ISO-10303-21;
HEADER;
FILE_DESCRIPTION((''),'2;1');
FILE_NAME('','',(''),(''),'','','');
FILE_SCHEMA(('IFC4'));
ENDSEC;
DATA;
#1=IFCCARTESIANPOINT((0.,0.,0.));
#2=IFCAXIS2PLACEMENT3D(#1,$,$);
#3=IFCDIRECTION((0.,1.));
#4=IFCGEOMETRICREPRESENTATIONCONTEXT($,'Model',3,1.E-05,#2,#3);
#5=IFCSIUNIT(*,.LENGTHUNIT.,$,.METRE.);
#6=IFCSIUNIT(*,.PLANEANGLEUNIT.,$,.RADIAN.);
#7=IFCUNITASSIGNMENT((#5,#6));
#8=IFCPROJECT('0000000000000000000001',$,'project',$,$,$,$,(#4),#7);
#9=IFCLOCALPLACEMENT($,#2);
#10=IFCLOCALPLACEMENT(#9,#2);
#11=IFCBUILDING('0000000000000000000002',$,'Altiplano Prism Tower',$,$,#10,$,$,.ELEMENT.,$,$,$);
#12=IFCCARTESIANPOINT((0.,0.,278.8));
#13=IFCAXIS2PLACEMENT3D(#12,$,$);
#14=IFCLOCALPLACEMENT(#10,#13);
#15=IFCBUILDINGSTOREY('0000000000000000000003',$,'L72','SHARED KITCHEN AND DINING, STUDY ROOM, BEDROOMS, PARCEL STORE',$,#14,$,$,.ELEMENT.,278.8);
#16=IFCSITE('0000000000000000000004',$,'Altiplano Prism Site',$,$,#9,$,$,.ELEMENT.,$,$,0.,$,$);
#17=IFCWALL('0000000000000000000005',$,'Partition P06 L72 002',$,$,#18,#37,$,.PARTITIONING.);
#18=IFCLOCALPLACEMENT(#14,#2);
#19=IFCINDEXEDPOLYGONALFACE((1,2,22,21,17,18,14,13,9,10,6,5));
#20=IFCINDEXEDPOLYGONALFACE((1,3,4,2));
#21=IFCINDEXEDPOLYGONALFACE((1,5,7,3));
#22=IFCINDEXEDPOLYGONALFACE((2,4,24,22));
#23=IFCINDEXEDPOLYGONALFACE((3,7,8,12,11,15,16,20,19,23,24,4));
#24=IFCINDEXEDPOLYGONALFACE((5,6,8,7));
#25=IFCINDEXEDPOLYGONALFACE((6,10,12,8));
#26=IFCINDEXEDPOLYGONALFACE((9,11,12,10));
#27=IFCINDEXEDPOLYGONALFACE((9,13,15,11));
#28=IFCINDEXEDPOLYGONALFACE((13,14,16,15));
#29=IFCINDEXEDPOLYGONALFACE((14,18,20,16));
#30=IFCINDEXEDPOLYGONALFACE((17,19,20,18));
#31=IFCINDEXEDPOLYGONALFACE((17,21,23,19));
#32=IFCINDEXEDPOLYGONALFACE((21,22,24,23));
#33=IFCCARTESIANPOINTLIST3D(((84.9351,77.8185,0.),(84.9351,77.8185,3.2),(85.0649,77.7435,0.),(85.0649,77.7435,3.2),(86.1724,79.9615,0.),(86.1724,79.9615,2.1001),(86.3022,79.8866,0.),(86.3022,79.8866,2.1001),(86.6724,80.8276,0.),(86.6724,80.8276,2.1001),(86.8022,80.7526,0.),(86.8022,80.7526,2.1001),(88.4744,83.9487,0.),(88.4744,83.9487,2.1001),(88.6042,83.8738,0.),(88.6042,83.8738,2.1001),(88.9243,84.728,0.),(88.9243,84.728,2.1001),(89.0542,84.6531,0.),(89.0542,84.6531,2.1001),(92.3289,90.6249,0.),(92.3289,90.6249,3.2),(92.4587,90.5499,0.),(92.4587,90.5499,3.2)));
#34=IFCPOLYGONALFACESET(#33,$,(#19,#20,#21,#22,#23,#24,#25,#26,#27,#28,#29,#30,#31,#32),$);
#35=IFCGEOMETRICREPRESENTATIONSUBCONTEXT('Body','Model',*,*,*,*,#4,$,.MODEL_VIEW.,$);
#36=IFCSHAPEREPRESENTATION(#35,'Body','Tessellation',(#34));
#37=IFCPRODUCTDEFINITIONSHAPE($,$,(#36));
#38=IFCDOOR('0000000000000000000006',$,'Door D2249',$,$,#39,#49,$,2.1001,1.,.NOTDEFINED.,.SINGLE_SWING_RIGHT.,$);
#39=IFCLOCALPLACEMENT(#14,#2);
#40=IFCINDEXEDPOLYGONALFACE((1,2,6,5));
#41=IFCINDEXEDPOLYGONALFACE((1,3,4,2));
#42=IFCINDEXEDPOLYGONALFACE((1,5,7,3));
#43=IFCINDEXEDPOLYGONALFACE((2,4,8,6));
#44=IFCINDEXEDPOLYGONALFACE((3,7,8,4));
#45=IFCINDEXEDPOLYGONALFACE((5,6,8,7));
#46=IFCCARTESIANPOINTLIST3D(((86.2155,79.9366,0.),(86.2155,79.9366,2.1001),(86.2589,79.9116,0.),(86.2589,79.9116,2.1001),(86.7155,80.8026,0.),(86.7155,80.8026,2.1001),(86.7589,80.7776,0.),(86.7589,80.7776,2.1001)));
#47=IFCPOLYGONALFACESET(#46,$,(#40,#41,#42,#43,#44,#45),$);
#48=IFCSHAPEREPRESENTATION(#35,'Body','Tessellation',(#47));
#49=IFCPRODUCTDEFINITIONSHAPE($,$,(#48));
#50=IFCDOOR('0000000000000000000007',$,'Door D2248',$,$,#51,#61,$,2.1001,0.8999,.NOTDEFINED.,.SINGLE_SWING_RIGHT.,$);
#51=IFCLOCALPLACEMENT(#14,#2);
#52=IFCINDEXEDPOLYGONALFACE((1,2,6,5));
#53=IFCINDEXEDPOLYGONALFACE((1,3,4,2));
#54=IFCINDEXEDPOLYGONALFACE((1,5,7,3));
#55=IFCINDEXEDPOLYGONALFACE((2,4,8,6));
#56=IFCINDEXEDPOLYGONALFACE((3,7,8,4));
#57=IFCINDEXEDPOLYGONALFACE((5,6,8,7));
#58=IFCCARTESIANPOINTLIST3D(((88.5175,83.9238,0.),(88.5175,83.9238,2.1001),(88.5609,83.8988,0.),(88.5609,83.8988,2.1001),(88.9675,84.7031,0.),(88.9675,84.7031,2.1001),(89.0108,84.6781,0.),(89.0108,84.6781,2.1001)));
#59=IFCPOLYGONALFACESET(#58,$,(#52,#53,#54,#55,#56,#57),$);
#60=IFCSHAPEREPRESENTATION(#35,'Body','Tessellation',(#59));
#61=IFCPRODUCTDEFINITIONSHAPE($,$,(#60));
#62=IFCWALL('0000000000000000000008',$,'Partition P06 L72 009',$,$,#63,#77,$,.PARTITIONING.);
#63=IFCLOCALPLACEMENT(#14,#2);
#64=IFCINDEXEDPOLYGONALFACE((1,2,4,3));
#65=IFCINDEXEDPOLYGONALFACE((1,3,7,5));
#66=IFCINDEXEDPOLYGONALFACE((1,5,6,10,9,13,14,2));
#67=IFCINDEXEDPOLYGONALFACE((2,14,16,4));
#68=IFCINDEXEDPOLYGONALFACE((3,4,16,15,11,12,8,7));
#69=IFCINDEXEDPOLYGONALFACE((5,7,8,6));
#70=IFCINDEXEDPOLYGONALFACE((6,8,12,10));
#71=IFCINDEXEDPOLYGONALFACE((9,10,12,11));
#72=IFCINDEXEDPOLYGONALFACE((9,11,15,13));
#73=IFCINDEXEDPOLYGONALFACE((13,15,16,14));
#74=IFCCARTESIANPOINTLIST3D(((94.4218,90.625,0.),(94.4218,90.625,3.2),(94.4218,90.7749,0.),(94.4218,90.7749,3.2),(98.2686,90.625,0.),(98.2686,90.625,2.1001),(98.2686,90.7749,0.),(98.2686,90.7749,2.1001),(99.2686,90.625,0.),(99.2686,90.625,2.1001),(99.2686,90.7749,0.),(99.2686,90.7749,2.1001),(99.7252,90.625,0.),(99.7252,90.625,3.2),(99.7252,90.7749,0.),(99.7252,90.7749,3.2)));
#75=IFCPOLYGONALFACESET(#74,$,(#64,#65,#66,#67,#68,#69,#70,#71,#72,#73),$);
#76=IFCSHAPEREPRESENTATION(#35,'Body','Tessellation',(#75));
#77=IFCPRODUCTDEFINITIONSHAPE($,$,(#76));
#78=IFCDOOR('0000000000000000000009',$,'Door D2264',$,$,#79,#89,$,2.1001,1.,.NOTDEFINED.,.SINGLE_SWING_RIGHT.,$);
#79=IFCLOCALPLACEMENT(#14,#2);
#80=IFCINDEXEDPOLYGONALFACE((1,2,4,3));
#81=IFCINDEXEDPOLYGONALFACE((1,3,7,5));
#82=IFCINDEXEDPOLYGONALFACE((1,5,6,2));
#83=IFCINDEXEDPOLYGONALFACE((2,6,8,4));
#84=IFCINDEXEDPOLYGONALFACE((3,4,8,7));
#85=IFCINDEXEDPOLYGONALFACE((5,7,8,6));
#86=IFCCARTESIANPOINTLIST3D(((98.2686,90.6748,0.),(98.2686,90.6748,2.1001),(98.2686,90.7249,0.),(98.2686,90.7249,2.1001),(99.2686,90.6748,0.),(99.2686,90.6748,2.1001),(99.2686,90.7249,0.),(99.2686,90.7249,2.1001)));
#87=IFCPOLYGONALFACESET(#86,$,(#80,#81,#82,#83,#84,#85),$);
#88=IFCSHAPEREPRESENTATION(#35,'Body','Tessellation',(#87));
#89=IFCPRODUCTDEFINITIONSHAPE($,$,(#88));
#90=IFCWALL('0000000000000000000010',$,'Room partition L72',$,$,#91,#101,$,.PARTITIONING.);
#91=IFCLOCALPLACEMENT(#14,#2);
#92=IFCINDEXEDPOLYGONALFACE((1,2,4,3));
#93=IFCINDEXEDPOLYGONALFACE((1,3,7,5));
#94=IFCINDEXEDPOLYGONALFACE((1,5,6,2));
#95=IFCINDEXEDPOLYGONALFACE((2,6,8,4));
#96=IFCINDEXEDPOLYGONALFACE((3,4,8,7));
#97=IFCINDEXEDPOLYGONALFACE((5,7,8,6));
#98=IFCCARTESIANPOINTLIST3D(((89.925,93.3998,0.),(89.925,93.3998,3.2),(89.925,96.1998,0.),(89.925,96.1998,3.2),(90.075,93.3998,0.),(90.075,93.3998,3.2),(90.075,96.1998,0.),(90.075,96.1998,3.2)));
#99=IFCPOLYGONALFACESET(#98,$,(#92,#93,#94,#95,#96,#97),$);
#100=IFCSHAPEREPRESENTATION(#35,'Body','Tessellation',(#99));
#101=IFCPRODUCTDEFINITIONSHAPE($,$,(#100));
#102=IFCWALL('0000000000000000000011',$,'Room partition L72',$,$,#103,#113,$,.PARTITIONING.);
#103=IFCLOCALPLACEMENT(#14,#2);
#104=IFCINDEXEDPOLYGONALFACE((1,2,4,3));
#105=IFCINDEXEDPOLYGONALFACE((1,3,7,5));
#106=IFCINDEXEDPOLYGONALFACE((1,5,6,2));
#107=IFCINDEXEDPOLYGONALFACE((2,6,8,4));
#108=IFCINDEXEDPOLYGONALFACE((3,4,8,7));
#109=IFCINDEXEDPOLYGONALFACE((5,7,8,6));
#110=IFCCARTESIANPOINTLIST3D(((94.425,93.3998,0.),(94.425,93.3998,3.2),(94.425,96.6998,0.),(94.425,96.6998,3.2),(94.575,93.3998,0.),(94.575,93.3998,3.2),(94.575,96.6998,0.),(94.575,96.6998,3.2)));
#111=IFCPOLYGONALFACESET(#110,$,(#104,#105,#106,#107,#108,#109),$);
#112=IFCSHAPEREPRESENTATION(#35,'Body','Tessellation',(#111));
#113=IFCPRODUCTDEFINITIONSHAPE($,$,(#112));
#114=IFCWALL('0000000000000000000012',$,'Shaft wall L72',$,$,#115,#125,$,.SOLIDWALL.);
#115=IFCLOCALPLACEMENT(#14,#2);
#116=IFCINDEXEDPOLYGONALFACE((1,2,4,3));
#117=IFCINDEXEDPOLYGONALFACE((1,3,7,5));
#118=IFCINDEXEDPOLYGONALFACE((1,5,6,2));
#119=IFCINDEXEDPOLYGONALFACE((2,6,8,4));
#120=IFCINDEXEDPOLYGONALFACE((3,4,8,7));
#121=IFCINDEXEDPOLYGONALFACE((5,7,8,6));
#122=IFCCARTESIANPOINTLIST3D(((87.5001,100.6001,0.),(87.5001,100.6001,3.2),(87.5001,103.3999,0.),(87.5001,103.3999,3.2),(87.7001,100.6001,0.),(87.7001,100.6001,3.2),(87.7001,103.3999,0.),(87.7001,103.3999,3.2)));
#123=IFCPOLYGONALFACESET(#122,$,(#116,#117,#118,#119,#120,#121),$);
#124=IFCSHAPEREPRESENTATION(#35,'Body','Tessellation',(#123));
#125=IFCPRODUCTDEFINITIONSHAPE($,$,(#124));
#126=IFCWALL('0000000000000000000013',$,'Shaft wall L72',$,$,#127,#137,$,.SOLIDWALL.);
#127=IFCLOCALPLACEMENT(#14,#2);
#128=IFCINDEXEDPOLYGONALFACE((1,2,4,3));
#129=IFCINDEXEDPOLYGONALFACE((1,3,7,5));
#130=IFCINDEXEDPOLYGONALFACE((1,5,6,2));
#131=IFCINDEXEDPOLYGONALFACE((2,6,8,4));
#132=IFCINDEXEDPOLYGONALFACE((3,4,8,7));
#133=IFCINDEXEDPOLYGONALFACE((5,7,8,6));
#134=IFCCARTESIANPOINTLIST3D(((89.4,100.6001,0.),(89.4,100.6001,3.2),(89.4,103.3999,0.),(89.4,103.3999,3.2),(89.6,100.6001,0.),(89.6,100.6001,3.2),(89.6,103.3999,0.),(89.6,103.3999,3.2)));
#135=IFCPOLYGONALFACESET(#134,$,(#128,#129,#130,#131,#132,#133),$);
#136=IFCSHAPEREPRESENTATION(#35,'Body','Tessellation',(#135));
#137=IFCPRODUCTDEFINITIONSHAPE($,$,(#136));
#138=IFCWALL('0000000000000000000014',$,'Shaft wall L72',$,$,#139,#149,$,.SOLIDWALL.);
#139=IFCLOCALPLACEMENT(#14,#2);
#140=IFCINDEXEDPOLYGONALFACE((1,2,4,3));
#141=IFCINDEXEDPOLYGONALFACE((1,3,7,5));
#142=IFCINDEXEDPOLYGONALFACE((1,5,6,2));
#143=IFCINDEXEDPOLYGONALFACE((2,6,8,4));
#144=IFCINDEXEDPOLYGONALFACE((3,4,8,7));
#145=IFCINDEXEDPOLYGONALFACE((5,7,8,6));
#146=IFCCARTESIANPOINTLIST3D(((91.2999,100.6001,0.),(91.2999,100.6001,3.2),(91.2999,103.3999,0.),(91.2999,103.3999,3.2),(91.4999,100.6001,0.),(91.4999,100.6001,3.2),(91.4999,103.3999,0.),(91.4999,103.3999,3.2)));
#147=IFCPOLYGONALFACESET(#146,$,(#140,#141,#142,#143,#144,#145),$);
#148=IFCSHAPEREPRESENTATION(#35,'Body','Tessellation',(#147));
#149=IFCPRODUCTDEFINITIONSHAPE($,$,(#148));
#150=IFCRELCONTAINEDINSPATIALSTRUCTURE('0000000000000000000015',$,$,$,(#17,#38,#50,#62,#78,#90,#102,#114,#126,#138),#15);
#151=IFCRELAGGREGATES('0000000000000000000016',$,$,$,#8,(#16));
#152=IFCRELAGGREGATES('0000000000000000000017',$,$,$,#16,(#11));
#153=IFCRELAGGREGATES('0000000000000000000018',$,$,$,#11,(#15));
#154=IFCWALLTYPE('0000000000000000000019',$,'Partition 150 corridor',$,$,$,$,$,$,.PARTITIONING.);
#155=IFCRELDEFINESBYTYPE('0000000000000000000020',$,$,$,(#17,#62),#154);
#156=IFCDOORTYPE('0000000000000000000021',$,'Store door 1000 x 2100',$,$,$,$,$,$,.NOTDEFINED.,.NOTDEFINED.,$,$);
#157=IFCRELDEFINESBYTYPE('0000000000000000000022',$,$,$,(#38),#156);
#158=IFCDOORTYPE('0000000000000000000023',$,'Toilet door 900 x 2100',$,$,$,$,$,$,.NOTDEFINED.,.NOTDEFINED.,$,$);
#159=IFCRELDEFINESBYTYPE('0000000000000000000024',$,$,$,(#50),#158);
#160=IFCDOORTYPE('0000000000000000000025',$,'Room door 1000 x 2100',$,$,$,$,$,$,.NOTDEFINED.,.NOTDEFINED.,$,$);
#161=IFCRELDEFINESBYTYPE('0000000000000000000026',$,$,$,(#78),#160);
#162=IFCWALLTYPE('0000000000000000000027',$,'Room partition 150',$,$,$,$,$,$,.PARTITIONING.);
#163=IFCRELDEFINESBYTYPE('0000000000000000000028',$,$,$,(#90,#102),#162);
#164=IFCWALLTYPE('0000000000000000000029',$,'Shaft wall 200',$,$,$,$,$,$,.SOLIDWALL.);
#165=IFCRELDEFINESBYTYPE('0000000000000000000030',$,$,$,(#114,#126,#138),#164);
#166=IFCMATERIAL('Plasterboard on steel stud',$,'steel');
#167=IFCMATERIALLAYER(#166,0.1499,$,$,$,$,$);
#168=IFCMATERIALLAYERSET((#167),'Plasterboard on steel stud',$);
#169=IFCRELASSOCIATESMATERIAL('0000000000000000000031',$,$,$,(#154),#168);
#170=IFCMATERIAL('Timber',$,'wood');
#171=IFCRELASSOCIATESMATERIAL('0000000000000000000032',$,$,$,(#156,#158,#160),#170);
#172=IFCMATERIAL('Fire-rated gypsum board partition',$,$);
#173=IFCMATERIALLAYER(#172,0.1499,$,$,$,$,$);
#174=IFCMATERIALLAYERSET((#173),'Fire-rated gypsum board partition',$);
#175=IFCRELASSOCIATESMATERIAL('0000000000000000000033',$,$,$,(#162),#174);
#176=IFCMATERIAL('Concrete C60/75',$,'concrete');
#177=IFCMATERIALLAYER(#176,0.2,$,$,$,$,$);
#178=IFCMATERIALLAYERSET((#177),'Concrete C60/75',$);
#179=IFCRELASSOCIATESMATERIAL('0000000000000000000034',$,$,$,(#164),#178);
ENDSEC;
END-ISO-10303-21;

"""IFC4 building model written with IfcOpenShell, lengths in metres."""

from ifc_helpers import new_model, si_unit, direction, frame, frame_2d, origin, place, context, subcontext, project, spatial, rectangle, extrude, material, layer, layer_set, type_object, element, fill, save


model = new_model("IFC4")

# Units and contexts
model_context = context("Model", 3, precision=1e-05, world=origin(), true_north=direction((0.0, 1.0)))
body_context = subcontext(model_context, "Body", "Model", "MODEL_VIEW")
ifc_project = project(units=[si_unit("LENGTHUNIT", "METRE"), si_unit("PLANEANGLEUNIT", "RADIAN")], contexts=[model_context])

# Site, building, storey
site_placement = place(None, origin())
site = spatial("IfcSite", under=ifc_project, at=site_placement, Name="Altiplano Prism Site", CompositionType="ELEMENT", RefElevation=0.0)
building_placement = place(site_placement, origin())
building = spatial("IfcBuilding", under=site, at=building_placement, Name="Altiplano Prism Tower", CompositionType="ELEMENT")
storey_placement = place(building_placement, frame((0.0, 0.0, 278.8)))
storey = spatial("IfcBuildingStorey", under=building, at=storey_placement, Name="L72", Description="SHARED KITCHEN AND DINING, STUDY ROOM, BEDROOMS, PARCEL STORE", CompositionType="ELEMENT", Elevation=278.8)

# Wall, openings, doors
ifc_material_1 = material(Name="Plasterboard on steel stud", Category="steel")
ifc_layer_1 = layer(ifc_material_1, 0.1499)
ifc_layer_set_1 = layer_set([ifc_layer_1], Name="Plasterboard on steel stud")
wall_type_1 = type_object("IfcWallType", Name="Partition 150 corridor", PredefinedType="PARTITIONING", material=ifc_layer_set_1)
wall_1_placement = place(storey_placement, frame((92.3938, 90.5874, 0.0), z_axis=(0.0, 0.0, 1.0), x_axis=(-0.500001, -0.866025, 0.0)))
wall_1 = element("IfcWall", 1, at=wall_1_placement, inside=storey, type_object=wall_type_1, Name="Partition P06 L72 002", PredefinedType="PARTITIONING", context=body_context, shape_type="SweptSolid", body=[
    extrude(rectangle(XDim=14.7876, YDim=0.1499, at=frame_2d((7.3938, 0.0))), origin(), (0.0, 0.0, 1.0), 3.2),
])
opening_1_placement = place(wall_1_placement, frame((6.8091, 0.0, 0.0)))
opening_1 = element("IfcOpeningElement", 2, at=opening_1_placement, cuts=wall_1, PredefinedType="OPENING", context=body_context, shape_type="SweptSolid", body=[
    extrude(rectangle(XDim=0.8999, YDim=2.1001, at=frame_2d((0.45, 1.05))), frame((0.0, 0.0854, 0.0), z_axis=(0.0, -1.0, 0.0), x_axis=(1.0, 0.0, 0.0)), (0.0, 0.0, 1.0), 0.1709),
])
opening_2_placement = place(wall_1_placement, frame((11.313, 0.0, 0.0)))
opening_2 = element("IfcOpeningElement", 3, at=opening_2_placement, cuts=wall_1, PredefinedType="OPENING", context=body_context, shape_type="SweptSolid", body=[
    extrude(rectangle(XDim=1.0, YDim=2.1001, at=frame_2d((0.5, 1.05))), frame((0.0, 0.0854, 0.0), z_axis=(0.0, -1.0, 0.0), x_axis=(1.0, 0.0, 0.0)), (0.0, 0.0, 1.0), 0.1709),
])
ifc_material_2 = material(Name="Timber", Category="wood")
door_type_1 = type_object("IfcDoorType", Name="Store door 1000 x 2100", OperationType="NOTDEFINED", PredefinedType="NOTDEFINED", material=ifc_material_2)
door_1_placement = place(opening_2_placement, origin())
door_1 = element("IfcDoor", 4, at=door_1_placement, inside=storey, type_object=door_type_1, Name="Door D2249", OperationType="SINGLE_SWING_RIGHT", OverallHeight=2.1001, OverallWidth=1.0, PredefinedType="NOTDEFINED", context=body_context, shape_type="SweptSolid", body=[
    extrude(rectangle(XDim=1.0, YDim=2.1001, at=frame_2d((0.5, 1.05))), frame((0.0, 0.0249, 0.0), z_axis=(0.0, -1.0, 0.0), x_axis=(1.0, 0.0, 0.0)), (0.0, 0.0, 1.0), 0.05),
])
fill(opening_2, door_1)
door_type_2 = type_object("IfcDoorType", Name="Toilet door 900 x 2100", OperationType="NOTDEFINED", PredefinedType="NOTDEFINED", material=ifc_material_2)
door_2_placement = place(opening_1_placement, origin())
door_2 = element("IfcDoor", 5, at=door_2_placement, inside=storey, type_object=door_type_2, Name="Door D2248", OperationType="SINGLE_SWING_RIGHT", OverallHeight=2.1001, OverallWidth=0.8999, PredefinedType="NOTDEFINED", context=body_context, shape_type="SweptSolid", body=[
    extrude(rectangle(XDim=0.8999, YDim=2.1001, at=frame_2d((0.45, 1.05))), frame((0.0, 0.0249, 0.0), z_axis=(0.0, -1.0, 0.0), x_axis=(1.0, 0.0, 0.0)), (0.0, 0.0, 1.0), 0.05),
])
fill(opening_1, door_2)

# Wall, opening, door
wall_2_placement = place(storey_placement, frame((94.4216, 90.7, 0.0), z_axis=(0.0, 0.0, 1.0), x_axis=(1.0, 0.0, 0.0)))
wall_2 = element("IfcWall", 6, at=wall_2_placement, inside=storey, type_object=wall_type_1, Name="Partition P06 L72 009", PredefinedType="PARTITIONING", context=body_context, shape_type="SweptSolid", body=[
    extrude(rectangle(XDim=5.3035, YDim=0.1499, at=frame_2d((2.6519, 0.0))), origin(), (0.0, 0.0, 1.0), 3.2),
])
opening_3_placement = place(wall_2_placement, frame((3.8469, 0.0, 0.0)))
opening_3 = element("IfcOpeningElement", 7, at=opening_3_placement, cuts=wall_2, PredefinedType="OPENING", context=body_context, shape_type="SweptSolid", body=[
    extrude(rectangle(XDim=1.0, YDim=2.1001, at=frame_2d((0.5, 1.05))), frame((0.0, 0.0854, 0.0), z_axis=(0.0, -1.0, 0.0), x_axis=(1.0, 0.0, 0.0)), (0.0, 0.0, 1.0), 0.1709),
])
door_type_3 = type_object("IfcDoorType", Name="Room door 1000 x 2100", OperationType="NOTDEFINED", PredefinedType="NOTDEFINED", material=ifc_material_2)
door_3_placement = place(opening_3_placement, origin())
door_3 = element("IfcDoor", 8, at=door_3_placement, inside=storey, type_object=door_type_3, Name="Door D2264", OperationType="SINGLE_SWING_RIGHT", OverallHeight=2.1001, OverallWidth=1.0, PredefinedType="NOTDEFINED", context=body_context, shape_type="SweptSolid", body=[
    extrude(rectangle(XDim=1.0, YDim=2.1001, at=frame_2d((0.5, 1.05))), frame((0.0, 0.0249, 0.0), z_axis=(0.0, -1.0, 0.0), x_axis=(1.0, 0.0, 0.0)), (0.0, 0.0, 1.0), 0.05),
])
fill(opening_3, door_3)

# Walls
ifc_material_3 = material(Name="Fire-rated gypsum board partition")
ifc_layer_2 = layer(ifc_material_3, 0.1499)
ifc_layer_set_2 = layer_set([ifc_layer_2], Name="Fire-rated gypsum board partition")
wall_type_2 = type_object("IfcWallType", Name="Room partition 150", PredefinedType="PARTITIONING", material=ifc_layer_set_2)
wall_3_placement = place(storey_placement, frame((90.0, 93.3999, 0.0), z_axis=(0.0, 0.0, 1.0), x_axis=(0.0, 1.0, 0.0)))
element("IfcWall", 9, at=wall_3_placement, inside=storey, type_object=wall_type_2, Name="Room partition L72", PredefinedType="PARTITIONING", context=body_context, shape_type="SweptSolid", body=[
    extrude(rectangle(XDim=2.8, YDim=0.1499, at=frame_2d((1.3999, 0.0))), origin(), (0.0, 0.0, 1.0), 3.2),
])
wall_4_placement = place(storey_placement, frame((94.5, 93.3999, 0.0), z_axis=(0.0, 0.0, 1.0), x_axis=(0.0, 1.0, 0.0)))
element("IfcWall", 10, at=wall_4_placement, inside=storey, type_object=wall_type_2, Name="Room partition L72", PredefinedType="PARTITIONING", context=body_context, shape_type="SweptSolid", body=[
    extrude(rectangle(XDim=3.3, YDim=0.1499, at=frame_2d((1.6499, 0.0))), origin(), (0.0, 0.0, 1.0), 3.2),
])
ifc_material_4 = material(Name="Concrete C60/75", Category="concrete")
ifc_layer_3 = layer(ifc_material_4, 0.2)
ifc_layer_set_3 = layer_set([ifc_layer_3], Name="Concrete C60/75")
wall_type_3 = type_object("IfcWallType", Name="Shaft wall 200", PredefinedType="SOLIDWALL", material=ifc_layer_set_3)
for number, where, z_axis, x_axis, name in (
    (11, (87.6001, 100.6001, 0.0), (0.0, 0.0, 1.0), (0.0, 1.0, 0.0), "Shaft wall L72"),
    (12, (89.5, 100.6001, 0.0), (0.0, 0.0, 1.0), (0.0, 1.0, 0.0), "Shaft wall L72"),
    (13, (91.3999, 100.6001, 0.0), (0.0, 0.0, 1.0), (0.0, 1.0, 0.0), "Shaft wall L72"),
):
    element("IfcWall", number, at=place(storey_placement, frame(where, z_axis=z_axis, x_axis=x_axis)), inside=storey, type_object=wall_type_3, Name=name, PredefinedType="SOLIDWALL", context=body_context, shape_type="SweptSolid", body=[
        extrude(rectangle(XDim=2.7998, YDim=0.2, at=frame_2d((1.3999, 0.0))), origin(), (0.0, 0.0, 1.0), 3.2),
    ])

save(model, "model.ifc")
